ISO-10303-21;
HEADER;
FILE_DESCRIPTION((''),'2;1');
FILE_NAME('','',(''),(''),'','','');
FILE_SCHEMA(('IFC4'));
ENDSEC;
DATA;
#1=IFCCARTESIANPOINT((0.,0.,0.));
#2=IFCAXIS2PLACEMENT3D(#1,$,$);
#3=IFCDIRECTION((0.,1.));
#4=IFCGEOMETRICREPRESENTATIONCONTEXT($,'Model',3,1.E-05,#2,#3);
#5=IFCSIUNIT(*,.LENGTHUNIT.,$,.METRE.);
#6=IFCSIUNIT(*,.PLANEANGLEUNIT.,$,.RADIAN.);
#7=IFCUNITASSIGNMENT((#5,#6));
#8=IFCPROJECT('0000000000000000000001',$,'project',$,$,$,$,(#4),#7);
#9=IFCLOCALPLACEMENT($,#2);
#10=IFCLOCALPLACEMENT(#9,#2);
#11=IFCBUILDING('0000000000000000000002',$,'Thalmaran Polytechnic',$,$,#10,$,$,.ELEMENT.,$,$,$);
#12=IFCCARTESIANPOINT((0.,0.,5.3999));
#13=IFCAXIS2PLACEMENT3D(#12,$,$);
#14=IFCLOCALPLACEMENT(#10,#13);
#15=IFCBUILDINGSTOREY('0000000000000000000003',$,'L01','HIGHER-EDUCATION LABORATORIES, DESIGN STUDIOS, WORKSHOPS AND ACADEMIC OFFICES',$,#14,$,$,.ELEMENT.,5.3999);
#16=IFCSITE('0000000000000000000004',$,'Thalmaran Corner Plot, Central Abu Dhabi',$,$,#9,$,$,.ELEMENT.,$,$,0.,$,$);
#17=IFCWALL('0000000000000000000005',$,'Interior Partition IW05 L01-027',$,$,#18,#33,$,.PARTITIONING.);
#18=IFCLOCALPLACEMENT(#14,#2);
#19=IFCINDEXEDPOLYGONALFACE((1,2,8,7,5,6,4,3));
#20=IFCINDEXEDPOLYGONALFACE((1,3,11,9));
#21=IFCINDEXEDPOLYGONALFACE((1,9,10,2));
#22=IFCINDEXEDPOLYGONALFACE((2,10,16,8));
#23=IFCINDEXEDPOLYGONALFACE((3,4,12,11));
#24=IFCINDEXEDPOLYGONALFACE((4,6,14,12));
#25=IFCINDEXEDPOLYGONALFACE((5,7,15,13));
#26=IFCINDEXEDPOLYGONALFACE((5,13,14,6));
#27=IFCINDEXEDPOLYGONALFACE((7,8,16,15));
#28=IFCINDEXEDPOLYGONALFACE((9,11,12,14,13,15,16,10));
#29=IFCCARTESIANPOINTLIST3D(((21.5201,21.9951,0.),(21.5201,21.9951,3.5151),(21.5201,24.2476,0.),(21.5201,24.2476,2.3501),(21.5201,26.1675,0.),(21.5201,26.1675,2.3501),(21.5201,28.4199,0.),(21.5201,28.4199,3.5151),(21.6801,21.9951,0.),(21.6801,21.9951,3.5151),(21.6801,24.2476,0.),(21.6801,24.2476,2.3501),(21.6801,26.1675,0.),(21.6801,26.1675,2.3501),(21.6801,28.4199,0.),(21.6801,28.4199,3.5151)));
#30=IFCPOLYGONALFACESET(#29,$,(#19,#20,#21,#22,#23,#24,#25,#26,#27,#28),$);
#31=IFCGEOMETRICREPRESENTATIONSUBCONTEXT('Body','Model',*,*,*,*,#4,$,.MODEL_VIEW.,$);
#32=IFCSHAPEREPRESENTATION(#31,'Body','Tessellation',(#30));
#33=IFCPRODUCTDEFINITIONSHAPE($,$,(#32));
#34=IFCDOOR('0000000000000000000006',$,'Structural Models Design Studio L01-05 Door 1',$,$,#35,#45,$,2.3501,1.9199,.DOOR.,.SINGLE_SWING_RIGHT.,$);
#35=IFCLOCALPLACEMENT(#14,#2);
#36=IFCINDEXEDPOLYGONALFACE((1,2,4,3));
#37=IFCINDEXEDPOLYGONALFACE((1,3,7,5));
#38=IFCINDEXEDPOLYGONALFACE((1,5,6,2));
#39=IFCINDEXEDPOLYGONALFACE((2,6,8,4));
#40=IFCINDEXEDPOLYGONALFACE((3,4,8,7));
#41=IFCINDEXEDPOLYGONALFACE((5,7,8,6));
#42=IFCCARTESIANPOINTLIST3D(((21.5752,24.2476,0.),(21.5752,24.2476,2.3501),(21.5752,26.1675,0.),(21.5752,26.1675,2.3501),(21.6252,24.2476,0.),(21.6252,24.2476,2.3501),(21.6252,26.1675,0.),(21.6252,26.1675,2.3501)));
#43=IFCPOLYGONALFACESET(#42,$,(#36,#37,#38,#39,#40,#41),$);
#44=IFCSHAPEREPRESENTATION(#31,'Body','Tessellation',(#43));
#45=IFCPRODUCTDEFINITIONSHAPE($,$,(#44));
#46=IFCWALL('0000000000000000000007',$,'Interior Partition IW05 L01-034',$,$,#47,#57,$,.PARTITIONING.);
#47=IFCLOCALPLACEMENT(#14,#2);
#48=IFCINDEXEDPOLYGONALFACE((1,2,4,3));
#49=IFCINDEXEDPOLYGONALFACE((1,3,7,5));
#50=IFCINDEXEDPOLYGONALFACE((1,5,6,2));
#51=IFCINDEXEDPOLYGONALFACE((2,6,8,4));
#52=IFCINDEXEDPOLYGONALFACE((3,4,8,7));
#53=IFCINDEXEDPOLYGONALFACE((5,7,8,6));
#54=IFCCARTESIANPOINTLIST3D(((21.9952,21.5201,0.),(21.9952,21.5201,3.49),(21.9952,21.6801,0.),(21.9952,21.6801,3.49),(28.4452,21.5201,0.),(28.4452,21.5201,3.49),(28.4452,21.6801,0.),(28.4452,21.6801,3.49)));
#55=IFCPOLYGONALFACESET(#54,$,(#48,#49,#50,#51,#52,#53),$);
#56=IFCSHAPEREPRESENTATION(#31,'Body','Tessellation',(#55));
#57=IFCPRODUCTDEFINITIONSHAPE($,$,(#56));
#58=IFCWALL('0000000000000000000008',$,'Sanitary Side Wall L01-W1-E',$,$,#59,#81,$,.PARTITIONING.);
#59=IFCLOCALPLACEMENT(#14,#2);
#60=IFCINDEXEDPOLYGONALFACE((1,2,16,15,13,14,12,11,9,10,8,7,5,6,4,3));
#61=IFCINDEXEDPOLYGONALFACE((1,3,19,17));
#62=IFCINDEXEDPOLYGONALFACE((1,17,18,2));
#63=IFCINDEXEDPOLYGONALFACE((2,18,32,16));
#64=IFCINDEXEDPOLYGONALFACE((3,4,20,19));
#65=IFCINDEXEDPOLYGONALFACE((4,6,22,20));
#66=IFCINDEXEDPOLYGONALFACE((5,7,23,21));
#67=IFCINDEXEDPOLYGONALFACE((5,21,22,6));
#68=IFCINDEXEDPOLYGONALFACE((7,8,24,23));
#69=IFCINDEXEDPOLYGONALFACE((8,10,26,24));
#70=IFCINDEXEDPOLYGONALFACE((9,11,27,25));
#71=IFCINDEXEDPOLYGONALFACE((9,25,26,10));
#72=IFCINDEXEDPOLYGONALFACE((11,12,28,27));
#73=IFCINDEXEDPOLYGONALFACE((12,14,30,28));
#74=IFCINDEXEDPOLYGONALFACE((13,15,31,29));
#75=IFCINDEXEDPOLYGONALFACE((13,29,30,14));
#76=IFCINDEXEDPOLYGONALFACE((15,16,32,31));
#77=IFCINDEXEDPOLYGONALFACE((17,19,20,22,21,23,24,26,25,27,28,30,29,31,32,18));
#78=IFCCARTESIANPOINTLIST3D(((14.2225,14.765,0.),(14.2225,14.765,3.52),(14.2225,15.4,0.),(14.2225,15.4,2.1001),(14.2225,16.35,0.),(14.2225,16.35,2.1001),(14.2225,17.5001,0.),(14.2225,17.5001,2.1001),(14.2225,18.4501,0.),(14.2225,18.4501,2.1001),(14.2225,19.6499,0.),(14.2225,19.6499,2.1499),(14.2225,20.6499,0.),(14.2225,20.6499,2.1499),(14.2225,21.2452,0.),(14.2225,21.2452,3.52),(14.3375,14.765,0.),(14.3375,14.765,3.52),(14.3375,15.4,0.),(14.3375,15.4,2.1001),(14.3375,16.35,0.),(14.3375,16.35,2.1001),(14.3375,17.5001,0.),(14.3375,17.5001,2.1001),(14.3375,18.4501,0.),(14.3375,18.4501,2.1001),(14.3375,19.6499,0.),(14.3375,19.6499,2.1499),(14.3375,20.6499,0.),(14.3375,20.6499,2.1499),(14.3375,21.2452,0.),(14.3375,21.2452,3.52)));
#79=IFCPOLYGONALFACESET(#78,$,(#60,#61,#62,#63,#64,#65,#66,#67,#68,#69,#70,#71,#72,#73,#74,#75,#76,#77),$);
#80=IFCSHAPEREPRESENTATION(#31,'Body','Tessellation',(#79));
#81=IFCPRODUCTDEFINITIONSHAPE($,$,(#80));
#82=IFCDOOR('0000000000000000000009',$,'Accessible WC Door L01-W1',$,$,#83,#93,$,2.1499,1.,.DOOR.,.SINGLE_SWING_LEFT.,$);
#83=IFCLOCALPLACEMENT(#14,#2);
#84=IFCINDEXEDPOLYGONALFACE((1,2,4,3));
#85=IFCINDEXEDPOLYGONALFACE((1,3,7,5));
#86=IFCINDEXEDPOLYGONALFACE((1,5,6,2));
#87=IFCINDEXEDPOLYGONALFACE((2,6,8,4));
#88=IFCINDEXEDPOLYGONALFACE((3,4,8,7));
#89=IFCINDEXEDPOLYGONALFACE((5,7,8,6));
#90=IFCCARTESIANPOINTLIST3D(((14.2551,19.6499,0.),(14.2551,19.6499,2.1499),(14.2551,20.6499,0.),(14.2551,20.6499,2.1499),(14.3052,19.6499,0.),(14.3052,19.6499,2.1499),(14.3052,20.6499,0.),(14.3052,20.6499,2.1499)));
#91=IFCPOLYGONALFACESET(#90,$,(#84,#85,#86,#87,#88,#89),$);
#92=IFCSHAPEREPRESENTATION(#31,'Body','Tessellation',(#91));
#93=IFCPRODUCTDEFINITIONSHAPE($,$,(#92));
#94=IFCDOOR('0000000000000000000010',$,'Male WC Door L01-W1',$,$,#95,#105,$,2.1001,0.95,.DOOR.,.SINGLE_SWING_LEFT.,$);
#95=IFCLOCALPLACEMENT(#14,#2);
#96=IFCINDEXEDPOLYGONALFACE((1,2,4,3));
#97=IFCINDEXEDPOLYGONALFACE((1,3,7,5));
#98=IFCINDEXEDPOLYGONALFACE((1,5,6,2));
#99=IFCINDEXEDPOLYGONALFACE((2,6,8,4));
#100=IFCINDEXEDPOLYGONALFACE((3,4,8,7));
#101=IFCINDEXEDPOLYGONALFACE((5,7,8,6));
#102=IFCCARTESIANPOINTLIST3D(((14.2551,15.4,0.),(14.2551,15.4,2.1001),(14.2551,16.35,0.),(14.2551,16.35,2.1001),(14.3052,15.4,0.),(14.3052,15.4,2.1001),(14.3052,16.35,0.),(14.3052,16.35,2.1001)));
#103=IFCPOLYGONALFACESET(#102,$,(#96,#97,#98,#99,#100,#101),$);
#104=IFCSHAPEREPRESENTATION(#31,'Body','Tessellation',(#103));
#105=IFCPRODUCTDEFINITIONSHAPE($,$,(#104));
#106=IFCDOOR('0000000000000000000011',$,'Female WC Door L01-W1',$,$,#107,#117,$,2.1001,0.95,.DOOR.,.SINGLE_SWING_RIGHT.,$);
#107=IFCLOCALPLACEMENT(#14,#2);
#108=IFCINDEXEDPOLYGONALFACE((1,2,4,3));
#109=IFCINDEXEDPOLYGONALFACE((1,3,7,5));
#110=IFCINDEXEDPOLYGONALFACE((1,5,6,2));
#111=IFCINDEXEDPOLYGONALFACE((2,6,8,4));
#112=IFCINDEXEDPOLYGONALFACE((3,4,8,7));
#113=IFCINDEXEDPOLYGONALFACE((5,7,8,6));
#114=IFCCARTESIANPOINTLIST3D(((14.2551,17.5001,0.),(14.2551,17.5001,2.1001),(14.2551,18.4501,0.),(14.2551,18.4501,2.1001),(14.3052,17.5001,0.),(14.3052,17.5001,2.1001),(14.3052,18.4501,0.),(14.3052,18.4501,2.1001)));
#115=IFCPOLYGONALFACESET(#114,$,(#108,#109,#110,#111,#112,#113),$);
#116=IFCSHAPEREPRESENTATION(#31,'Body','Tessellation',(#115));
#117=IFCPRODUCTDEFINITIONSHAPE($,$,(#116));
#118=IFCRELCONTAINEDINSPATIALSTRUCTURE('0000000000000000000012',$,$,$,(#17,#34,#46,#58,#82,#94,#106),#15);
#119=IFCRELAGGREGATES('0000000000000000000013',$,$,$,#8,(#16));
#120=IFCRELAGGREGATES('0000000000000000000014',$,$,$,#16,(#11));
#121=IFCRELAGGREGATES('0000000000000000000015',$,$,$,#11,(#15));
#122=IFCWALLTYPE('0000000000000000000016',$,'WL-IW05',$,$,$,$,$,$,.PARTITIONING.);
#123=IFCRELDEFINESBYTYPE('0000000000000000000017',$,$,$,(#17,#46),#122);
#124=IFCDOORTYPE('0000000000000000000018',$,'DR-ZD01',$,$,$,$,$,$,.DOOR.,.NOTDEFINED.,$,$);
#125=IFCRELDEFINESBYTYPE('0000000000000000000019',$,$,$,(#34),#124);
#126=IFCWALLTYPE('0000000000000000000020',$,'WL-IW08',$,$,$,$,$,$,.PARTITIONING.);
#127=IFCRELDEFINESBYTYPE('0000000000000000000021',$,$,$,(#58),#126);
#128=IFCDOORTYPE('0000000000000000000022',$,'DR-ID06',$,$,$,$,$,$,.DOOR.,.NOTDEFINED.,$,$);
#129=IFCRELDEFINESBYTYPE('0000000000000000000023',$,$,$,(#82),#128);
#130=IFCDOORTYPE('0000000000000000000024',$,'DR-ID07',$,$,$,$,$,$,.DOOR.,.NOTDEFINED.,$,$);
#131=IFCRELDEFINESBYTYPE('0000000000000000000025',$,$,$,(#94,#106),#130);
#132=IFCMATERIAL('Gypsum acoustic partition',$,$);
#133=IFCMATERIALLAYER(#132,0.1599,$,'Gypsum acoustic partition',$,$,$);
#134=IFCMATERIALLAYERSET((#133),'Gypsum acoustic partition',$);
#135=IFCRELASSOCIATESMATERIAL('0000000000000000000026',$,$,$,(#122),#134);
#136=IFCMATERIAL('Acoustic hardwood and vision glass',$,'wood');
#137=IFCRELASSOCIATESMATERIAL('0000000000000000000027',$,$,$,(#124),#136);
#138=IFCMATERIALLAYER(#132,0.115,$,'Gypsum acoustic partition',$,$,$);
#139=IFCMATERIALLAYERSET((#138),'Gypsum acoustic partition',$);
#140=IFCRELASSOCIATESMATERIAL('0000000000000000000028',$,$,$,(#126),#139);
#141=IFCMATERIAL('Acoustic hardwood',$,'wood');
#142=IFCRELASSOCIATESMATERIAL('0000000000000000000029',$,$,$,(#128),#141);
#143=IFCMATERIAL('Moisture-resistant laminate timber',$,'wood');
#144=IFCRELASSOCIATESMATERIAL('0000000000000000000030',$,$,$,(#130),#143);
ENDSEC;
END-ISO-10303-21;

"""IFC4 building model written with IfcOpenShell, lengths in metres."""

from ifc_helpers import new_model, si_unit, direction, frame, frame_2d, origin, place, context, subcontext, project, spatial, rectangle, extrude, material, layer, layer_set, type_object, element, fill, save


model = new_model("IFC4")

# Units and contexts
model_context = context("Model", 3, precision=1e-05, world=origin(), true_north=direction((0.0, 1.0)))
body_context = subcontext(model_context, "Body", "Model", "MODEL_VIEW")
ifc_project = project(units=[si_unit("LENGTHUNIT", "METRE"), si_unit("PLANEANGLEUNIT", "RADIAN")], contexts=[model_context])

# Site, building, storey
site_placement = place(None, origin())
site = spatial("IfcSite", under=ifc_project, at=site_placement, Name="Thalmaran Corner Plot, Central Abu Dhabi", CompositionType="ELEMENT", RefElevation=0.0)
building_placement = place(site_placement, origin())
building = spatial("IfcBuilding", under=site, at=building_placement, Name="Thalmaran Polytechnic", CompositionType="ELEMENT")
storey_placement = place(building_placement, frame((0.0, 0.0, 5.3999)))
storey = spatial("IfcBuildingStorey", under=building, at=storey_placement, Name="L01", Description="HIGHER-EDUCATION LABORATORIES, DESIGN STUDIOS, WORKSHOPS AND ACADEMIC OFFICES", CompositionType="ELEMENT", Elevation=5.3999)

# Wall, opening, door
ifc_material_1 = material(Name="Gypsum acoustic partition")
ifc_layer_1 = layer(ifc_material_1, 0.1599, Name="Gypsum acoustic partition")
ifc_layer_set_1 = layer_set([ifc_layer_1], Name="Gypsum acoustic partition")
wall_type_1 = type_object("IfcWallType", Name="WL-IW05", PredefinedType="PARTITIONING", material=ifc_layer_set_1)
wall_1_placement = place(storey_placement, frame((21.6001, 21.9951, 0.0), z_axis=(0.0, 0.0, 1.0), x_axis=(0.0, 1.0, 0.0)))
wall_1 = element("IfcWall", 1, at=wall_1_placement, inside=storey, type_object=wall_type_1, Name="Interior Partition IW05 L01-027", PredefinedType="PARTITIONING", context=body_context, shape_type="SweptSolid", body=[
    extrude(rectangle(XDim=6.4248, YDim=0.1599, at=frame_2d((3.2124, 0.0))), origin(), (0.0, 0.0, 1.0), 3.5151),
])
opening_1_placement = place(wall_1_placement, frame((2.2524, 0.0, 0.0)))
opening_1 = element("IfcOpeningElement", 2, at=opening_1_placement, cuts=wall_1, PredefinedType="OPENING", context=body_context, shape_type="SweptSolid", body=[
    extrude(rectangle(XDim=1.9199, YDim=2.3501, at=frame_2d((0.96, 1.175))), frame((0.0, 0.0898, 0.0), z_axis=(0.0, -1.0, 0.0), x_axis=(1.0, 0.0, 0.0)), (0.0, 0.0, 1.0), 0.1799),
])
ifc_material_2 = material(Name="Acoustic hardwood and vision glass", Category="wood")
door_type_1 = type_object("IfcDoorType", Name="DR-ZD01", OperationType="NOTDEFINED", PredefinedType="DOOR", material=ifc_material_2)
door_1_placement = place(opening_1_placement, origin())
door_1 = element("IfcDoor", 3, at=door_1_placement, inside=storey, type_object=door_type_1, Name="Structural Models Design Studio L01-05 Door 1", OperationType="SINGLE_SWING_RIGHT", OverallHeight=2.3501, OverallWidth=1.9199, PredefinedType="DOOR", context=body_context, shape_type="SweptSolid", body=[
    extrude(rectangle(XDim=1.9199, YDim=2.3501, at=frame_2d((0.96, 1.175))), frame((0.0, 0.0249, 0.0), z_axis=(0.0, -1.0, 0.0), x_axis=(1.0, 0.0, 0.0)), (0.0, 0.0, 1.0), 0.05),
])
fill(opening_1, door_1)

# Wall
wall_2_placement = place(storey_placement, frame((21.9951, 21.6001, 0.0), z_axis=(0.0, 0.0, 1.0), x_axis=(1.0, 0.0, 0.0)))
element("IfcWall", 4, at=wall_2_placement, inside=storey, type_object=wall_type_1, Name="Interior Partition IW05 L01-034", PredefinedType="PARTITIONING", context=body_context, shape_type="SweptSolid", body=[
    extrude(rectangle(XDim=6.45, YDim=0.1599, at=frame_2d((3.2251, 0.0))), origin(), (0.0, 0.0, 1.0), 3.49),
])

# Wall, openings, doors
ifc_layer_2 = layer(ifc_material_1, 0.115, Name="Gypsum acoustic partition")
ifc_layer_set_2 = layer_set([ifc_layer_2], Name="Gypsum acoustic partition")
wall_type_2 = type_object("IfcWallType", Name="WL-IW08", PredefinedType="PARTITIONING", material=ifc_layer_set_2)
wall_3_placement = place(storey_placement, frame((14.28, 14.7649, 0.0), z_axis=(0.0, 0.0, 1.0), x_axis=(0.0, 1.0, 0.0)))
wall_3 = element("IfcWall", 5, at=wall_3_placement, inside=storey, type_object=wall_type_2, Name="Sanitary Side Wall L01-W1-E", PredefinedType="PARTITIONING", context=body_context, shape_type="SweptSolid", body=[
    extrude(rectangle(XDim=6.4802, YDim=0.115, at=frame_2d((3.2402, 0.0))), origin(), (0.0, 0.0, 1.0), 3.52),
])
opening_2_placement = place(wall_3_placement, frame((0.635, 0.0, 0.0)))
opening_2 = element("IfcOpeningElement", 6, at=opening_2_placement, cuts=wall_3, PredefinedType="OPENING", context=body_context, shape_type="SweptSolid", body=[
    extrude(rectangle(XDim=0.95, YDim=2.1001, at=frame_2d((0.4751, 1.05))), frame((0.0, 0.0674, 0.0), z_axis=(0.0, -1.0, 0.0), x_axis=(1.0, 0.0, 0.0)), (0.0, 0.0, 1.0), 0.135),
])
opening_3_placement = place(wall_3_placement, frame((2.7351, 0.0, 0.0)))
opening_3 = element("IfcOpeningElement", 7, at=opening_3_placement, cuts=wall_3, PredefinedType="OPENING", context=body_context, shape_type="SweptSolid", body=[
    extrude(rectangle(XDim=0.95, YDim=2.1001, at=frame_2d((0.4751, 1.05))), frame((0.0, 0.0674, 0.0), z_axis=(0.0, -1.0, 0.0), x_axis=(1.0, 0.0, 0.0)), (0.0, 0.0, 1.0), 0.135),
])
opening_4_placement = place(wall_3_placement, frame((4.885, 0.0, 0.0)))
opening_4 = element("IfcOpeningElement", 8, at=opening_4_placement, cuts=wall_3, PredefinedType="OPENING", context=body_context, shape_type="SweptSolid", body=[
    extrude(rectangle(XDim=1.0, YDim=2.1499, at=frame_2d((0.5, 1.075))), frame((0.0, 0.0674, 0.0), z_axis=(0.0, -1.0, 0.0), x_axis=(1.0, 0.0, 0.0)), (0.0, 0.0, 1.0), 0.135),
])
ifc_material_3 = material(Name="Acoustic hardwood", Category="wood")
door_type_2 = type_object("IfcDoorType", Name="DR-ID06", OperationType="NOTDEFINED", PredefinedType="DOOR", material=ifc_material_3)
door_2_placement = place(opening_4_placement, origin())
door_2 = element("IfcDoor", 9, at=door_2_placement, inside=storey, type_object=door_type_2, Name="Accessible WC Door L01-W1", OperationType="SINGLE_SWING_LEFT", OverallHeight=2.1499, OverallWidth=1.0, PredefinedType="DOOR", context=body_context, shape_type="SweptSolid", body=[
    extrude(rectangle(XDim=1.0, YDim=2.1499, at=frame_2d((0.5, 1.075))), frame((0.0, 0.0249, 0.0), z_axis=(0.0, -1.0, 0.0), x_axis=(1.0, 0.0, 0.0)), (0.0, 0.0, 1.0), 0.05),
])
fill(opening_4, door_2)
ifc_material_4 = material(Name="Moisture-resistant laminate timber", Category="wood")
door_type_3 = type_object("IfcDoorType", Name="DR-ID07", OperationType="NOTDEFINED", PredefinedType="DOOR", material=ifc_material_4)
door_3_placement = place(opening_2_placement, origin())
door_3 = element("IfcDoor", 10, at=door_3_placement, inside=storey, type_object=door_type_3, Name="Male WC Door L01-W1", OperationType="SINGLE_SWING_LEFT", OverallHeight=2.1001, OverallWidth=0.95, PredefinedType="DOOR", context=body_context, shape_type="SweptSolid", body=[
    extrude(rectangle(XDim=0.95, YDim=2.1001, at=frame_2d((0.4751, 1.05))), frame((0.0, 0.0249, 0.0), z_axis=(0.0, -1.0, 0.0), x_axis=(1.0, 0.0, 0.0)), (0.0, 0.0, 1.0), 0.05),
])
fill(opening_2, door_3)
door_4_placement = place(opening_3_placement, origin())
door_4 = element("IfcDoor", 11, at=door_4_placement, inside=storey, type_object=door_type_3, Name="Female WC Door L01-W1", OperationType="SINGLE_SWING_RIGHT", OverallHeight=2.1001, OverallWidth=0.95, PredefinedType="DOOR", context=body_context, shape_type="SweptSolid", body=[
    extrude(rectangle(XDim=0.95, YDim=2.1001, at=frame_2d((0.4751, 1.05))), frame((0.0, 0.0249, 0.0), z_axis=(0.0, -1.0, 0.0), x_axis=(1.0, 0.0, 0.0)), (0.0, 0.0, 1.0), 0.05),
])
fill(opening_3, door_4)

save(model, "model.ifc")
